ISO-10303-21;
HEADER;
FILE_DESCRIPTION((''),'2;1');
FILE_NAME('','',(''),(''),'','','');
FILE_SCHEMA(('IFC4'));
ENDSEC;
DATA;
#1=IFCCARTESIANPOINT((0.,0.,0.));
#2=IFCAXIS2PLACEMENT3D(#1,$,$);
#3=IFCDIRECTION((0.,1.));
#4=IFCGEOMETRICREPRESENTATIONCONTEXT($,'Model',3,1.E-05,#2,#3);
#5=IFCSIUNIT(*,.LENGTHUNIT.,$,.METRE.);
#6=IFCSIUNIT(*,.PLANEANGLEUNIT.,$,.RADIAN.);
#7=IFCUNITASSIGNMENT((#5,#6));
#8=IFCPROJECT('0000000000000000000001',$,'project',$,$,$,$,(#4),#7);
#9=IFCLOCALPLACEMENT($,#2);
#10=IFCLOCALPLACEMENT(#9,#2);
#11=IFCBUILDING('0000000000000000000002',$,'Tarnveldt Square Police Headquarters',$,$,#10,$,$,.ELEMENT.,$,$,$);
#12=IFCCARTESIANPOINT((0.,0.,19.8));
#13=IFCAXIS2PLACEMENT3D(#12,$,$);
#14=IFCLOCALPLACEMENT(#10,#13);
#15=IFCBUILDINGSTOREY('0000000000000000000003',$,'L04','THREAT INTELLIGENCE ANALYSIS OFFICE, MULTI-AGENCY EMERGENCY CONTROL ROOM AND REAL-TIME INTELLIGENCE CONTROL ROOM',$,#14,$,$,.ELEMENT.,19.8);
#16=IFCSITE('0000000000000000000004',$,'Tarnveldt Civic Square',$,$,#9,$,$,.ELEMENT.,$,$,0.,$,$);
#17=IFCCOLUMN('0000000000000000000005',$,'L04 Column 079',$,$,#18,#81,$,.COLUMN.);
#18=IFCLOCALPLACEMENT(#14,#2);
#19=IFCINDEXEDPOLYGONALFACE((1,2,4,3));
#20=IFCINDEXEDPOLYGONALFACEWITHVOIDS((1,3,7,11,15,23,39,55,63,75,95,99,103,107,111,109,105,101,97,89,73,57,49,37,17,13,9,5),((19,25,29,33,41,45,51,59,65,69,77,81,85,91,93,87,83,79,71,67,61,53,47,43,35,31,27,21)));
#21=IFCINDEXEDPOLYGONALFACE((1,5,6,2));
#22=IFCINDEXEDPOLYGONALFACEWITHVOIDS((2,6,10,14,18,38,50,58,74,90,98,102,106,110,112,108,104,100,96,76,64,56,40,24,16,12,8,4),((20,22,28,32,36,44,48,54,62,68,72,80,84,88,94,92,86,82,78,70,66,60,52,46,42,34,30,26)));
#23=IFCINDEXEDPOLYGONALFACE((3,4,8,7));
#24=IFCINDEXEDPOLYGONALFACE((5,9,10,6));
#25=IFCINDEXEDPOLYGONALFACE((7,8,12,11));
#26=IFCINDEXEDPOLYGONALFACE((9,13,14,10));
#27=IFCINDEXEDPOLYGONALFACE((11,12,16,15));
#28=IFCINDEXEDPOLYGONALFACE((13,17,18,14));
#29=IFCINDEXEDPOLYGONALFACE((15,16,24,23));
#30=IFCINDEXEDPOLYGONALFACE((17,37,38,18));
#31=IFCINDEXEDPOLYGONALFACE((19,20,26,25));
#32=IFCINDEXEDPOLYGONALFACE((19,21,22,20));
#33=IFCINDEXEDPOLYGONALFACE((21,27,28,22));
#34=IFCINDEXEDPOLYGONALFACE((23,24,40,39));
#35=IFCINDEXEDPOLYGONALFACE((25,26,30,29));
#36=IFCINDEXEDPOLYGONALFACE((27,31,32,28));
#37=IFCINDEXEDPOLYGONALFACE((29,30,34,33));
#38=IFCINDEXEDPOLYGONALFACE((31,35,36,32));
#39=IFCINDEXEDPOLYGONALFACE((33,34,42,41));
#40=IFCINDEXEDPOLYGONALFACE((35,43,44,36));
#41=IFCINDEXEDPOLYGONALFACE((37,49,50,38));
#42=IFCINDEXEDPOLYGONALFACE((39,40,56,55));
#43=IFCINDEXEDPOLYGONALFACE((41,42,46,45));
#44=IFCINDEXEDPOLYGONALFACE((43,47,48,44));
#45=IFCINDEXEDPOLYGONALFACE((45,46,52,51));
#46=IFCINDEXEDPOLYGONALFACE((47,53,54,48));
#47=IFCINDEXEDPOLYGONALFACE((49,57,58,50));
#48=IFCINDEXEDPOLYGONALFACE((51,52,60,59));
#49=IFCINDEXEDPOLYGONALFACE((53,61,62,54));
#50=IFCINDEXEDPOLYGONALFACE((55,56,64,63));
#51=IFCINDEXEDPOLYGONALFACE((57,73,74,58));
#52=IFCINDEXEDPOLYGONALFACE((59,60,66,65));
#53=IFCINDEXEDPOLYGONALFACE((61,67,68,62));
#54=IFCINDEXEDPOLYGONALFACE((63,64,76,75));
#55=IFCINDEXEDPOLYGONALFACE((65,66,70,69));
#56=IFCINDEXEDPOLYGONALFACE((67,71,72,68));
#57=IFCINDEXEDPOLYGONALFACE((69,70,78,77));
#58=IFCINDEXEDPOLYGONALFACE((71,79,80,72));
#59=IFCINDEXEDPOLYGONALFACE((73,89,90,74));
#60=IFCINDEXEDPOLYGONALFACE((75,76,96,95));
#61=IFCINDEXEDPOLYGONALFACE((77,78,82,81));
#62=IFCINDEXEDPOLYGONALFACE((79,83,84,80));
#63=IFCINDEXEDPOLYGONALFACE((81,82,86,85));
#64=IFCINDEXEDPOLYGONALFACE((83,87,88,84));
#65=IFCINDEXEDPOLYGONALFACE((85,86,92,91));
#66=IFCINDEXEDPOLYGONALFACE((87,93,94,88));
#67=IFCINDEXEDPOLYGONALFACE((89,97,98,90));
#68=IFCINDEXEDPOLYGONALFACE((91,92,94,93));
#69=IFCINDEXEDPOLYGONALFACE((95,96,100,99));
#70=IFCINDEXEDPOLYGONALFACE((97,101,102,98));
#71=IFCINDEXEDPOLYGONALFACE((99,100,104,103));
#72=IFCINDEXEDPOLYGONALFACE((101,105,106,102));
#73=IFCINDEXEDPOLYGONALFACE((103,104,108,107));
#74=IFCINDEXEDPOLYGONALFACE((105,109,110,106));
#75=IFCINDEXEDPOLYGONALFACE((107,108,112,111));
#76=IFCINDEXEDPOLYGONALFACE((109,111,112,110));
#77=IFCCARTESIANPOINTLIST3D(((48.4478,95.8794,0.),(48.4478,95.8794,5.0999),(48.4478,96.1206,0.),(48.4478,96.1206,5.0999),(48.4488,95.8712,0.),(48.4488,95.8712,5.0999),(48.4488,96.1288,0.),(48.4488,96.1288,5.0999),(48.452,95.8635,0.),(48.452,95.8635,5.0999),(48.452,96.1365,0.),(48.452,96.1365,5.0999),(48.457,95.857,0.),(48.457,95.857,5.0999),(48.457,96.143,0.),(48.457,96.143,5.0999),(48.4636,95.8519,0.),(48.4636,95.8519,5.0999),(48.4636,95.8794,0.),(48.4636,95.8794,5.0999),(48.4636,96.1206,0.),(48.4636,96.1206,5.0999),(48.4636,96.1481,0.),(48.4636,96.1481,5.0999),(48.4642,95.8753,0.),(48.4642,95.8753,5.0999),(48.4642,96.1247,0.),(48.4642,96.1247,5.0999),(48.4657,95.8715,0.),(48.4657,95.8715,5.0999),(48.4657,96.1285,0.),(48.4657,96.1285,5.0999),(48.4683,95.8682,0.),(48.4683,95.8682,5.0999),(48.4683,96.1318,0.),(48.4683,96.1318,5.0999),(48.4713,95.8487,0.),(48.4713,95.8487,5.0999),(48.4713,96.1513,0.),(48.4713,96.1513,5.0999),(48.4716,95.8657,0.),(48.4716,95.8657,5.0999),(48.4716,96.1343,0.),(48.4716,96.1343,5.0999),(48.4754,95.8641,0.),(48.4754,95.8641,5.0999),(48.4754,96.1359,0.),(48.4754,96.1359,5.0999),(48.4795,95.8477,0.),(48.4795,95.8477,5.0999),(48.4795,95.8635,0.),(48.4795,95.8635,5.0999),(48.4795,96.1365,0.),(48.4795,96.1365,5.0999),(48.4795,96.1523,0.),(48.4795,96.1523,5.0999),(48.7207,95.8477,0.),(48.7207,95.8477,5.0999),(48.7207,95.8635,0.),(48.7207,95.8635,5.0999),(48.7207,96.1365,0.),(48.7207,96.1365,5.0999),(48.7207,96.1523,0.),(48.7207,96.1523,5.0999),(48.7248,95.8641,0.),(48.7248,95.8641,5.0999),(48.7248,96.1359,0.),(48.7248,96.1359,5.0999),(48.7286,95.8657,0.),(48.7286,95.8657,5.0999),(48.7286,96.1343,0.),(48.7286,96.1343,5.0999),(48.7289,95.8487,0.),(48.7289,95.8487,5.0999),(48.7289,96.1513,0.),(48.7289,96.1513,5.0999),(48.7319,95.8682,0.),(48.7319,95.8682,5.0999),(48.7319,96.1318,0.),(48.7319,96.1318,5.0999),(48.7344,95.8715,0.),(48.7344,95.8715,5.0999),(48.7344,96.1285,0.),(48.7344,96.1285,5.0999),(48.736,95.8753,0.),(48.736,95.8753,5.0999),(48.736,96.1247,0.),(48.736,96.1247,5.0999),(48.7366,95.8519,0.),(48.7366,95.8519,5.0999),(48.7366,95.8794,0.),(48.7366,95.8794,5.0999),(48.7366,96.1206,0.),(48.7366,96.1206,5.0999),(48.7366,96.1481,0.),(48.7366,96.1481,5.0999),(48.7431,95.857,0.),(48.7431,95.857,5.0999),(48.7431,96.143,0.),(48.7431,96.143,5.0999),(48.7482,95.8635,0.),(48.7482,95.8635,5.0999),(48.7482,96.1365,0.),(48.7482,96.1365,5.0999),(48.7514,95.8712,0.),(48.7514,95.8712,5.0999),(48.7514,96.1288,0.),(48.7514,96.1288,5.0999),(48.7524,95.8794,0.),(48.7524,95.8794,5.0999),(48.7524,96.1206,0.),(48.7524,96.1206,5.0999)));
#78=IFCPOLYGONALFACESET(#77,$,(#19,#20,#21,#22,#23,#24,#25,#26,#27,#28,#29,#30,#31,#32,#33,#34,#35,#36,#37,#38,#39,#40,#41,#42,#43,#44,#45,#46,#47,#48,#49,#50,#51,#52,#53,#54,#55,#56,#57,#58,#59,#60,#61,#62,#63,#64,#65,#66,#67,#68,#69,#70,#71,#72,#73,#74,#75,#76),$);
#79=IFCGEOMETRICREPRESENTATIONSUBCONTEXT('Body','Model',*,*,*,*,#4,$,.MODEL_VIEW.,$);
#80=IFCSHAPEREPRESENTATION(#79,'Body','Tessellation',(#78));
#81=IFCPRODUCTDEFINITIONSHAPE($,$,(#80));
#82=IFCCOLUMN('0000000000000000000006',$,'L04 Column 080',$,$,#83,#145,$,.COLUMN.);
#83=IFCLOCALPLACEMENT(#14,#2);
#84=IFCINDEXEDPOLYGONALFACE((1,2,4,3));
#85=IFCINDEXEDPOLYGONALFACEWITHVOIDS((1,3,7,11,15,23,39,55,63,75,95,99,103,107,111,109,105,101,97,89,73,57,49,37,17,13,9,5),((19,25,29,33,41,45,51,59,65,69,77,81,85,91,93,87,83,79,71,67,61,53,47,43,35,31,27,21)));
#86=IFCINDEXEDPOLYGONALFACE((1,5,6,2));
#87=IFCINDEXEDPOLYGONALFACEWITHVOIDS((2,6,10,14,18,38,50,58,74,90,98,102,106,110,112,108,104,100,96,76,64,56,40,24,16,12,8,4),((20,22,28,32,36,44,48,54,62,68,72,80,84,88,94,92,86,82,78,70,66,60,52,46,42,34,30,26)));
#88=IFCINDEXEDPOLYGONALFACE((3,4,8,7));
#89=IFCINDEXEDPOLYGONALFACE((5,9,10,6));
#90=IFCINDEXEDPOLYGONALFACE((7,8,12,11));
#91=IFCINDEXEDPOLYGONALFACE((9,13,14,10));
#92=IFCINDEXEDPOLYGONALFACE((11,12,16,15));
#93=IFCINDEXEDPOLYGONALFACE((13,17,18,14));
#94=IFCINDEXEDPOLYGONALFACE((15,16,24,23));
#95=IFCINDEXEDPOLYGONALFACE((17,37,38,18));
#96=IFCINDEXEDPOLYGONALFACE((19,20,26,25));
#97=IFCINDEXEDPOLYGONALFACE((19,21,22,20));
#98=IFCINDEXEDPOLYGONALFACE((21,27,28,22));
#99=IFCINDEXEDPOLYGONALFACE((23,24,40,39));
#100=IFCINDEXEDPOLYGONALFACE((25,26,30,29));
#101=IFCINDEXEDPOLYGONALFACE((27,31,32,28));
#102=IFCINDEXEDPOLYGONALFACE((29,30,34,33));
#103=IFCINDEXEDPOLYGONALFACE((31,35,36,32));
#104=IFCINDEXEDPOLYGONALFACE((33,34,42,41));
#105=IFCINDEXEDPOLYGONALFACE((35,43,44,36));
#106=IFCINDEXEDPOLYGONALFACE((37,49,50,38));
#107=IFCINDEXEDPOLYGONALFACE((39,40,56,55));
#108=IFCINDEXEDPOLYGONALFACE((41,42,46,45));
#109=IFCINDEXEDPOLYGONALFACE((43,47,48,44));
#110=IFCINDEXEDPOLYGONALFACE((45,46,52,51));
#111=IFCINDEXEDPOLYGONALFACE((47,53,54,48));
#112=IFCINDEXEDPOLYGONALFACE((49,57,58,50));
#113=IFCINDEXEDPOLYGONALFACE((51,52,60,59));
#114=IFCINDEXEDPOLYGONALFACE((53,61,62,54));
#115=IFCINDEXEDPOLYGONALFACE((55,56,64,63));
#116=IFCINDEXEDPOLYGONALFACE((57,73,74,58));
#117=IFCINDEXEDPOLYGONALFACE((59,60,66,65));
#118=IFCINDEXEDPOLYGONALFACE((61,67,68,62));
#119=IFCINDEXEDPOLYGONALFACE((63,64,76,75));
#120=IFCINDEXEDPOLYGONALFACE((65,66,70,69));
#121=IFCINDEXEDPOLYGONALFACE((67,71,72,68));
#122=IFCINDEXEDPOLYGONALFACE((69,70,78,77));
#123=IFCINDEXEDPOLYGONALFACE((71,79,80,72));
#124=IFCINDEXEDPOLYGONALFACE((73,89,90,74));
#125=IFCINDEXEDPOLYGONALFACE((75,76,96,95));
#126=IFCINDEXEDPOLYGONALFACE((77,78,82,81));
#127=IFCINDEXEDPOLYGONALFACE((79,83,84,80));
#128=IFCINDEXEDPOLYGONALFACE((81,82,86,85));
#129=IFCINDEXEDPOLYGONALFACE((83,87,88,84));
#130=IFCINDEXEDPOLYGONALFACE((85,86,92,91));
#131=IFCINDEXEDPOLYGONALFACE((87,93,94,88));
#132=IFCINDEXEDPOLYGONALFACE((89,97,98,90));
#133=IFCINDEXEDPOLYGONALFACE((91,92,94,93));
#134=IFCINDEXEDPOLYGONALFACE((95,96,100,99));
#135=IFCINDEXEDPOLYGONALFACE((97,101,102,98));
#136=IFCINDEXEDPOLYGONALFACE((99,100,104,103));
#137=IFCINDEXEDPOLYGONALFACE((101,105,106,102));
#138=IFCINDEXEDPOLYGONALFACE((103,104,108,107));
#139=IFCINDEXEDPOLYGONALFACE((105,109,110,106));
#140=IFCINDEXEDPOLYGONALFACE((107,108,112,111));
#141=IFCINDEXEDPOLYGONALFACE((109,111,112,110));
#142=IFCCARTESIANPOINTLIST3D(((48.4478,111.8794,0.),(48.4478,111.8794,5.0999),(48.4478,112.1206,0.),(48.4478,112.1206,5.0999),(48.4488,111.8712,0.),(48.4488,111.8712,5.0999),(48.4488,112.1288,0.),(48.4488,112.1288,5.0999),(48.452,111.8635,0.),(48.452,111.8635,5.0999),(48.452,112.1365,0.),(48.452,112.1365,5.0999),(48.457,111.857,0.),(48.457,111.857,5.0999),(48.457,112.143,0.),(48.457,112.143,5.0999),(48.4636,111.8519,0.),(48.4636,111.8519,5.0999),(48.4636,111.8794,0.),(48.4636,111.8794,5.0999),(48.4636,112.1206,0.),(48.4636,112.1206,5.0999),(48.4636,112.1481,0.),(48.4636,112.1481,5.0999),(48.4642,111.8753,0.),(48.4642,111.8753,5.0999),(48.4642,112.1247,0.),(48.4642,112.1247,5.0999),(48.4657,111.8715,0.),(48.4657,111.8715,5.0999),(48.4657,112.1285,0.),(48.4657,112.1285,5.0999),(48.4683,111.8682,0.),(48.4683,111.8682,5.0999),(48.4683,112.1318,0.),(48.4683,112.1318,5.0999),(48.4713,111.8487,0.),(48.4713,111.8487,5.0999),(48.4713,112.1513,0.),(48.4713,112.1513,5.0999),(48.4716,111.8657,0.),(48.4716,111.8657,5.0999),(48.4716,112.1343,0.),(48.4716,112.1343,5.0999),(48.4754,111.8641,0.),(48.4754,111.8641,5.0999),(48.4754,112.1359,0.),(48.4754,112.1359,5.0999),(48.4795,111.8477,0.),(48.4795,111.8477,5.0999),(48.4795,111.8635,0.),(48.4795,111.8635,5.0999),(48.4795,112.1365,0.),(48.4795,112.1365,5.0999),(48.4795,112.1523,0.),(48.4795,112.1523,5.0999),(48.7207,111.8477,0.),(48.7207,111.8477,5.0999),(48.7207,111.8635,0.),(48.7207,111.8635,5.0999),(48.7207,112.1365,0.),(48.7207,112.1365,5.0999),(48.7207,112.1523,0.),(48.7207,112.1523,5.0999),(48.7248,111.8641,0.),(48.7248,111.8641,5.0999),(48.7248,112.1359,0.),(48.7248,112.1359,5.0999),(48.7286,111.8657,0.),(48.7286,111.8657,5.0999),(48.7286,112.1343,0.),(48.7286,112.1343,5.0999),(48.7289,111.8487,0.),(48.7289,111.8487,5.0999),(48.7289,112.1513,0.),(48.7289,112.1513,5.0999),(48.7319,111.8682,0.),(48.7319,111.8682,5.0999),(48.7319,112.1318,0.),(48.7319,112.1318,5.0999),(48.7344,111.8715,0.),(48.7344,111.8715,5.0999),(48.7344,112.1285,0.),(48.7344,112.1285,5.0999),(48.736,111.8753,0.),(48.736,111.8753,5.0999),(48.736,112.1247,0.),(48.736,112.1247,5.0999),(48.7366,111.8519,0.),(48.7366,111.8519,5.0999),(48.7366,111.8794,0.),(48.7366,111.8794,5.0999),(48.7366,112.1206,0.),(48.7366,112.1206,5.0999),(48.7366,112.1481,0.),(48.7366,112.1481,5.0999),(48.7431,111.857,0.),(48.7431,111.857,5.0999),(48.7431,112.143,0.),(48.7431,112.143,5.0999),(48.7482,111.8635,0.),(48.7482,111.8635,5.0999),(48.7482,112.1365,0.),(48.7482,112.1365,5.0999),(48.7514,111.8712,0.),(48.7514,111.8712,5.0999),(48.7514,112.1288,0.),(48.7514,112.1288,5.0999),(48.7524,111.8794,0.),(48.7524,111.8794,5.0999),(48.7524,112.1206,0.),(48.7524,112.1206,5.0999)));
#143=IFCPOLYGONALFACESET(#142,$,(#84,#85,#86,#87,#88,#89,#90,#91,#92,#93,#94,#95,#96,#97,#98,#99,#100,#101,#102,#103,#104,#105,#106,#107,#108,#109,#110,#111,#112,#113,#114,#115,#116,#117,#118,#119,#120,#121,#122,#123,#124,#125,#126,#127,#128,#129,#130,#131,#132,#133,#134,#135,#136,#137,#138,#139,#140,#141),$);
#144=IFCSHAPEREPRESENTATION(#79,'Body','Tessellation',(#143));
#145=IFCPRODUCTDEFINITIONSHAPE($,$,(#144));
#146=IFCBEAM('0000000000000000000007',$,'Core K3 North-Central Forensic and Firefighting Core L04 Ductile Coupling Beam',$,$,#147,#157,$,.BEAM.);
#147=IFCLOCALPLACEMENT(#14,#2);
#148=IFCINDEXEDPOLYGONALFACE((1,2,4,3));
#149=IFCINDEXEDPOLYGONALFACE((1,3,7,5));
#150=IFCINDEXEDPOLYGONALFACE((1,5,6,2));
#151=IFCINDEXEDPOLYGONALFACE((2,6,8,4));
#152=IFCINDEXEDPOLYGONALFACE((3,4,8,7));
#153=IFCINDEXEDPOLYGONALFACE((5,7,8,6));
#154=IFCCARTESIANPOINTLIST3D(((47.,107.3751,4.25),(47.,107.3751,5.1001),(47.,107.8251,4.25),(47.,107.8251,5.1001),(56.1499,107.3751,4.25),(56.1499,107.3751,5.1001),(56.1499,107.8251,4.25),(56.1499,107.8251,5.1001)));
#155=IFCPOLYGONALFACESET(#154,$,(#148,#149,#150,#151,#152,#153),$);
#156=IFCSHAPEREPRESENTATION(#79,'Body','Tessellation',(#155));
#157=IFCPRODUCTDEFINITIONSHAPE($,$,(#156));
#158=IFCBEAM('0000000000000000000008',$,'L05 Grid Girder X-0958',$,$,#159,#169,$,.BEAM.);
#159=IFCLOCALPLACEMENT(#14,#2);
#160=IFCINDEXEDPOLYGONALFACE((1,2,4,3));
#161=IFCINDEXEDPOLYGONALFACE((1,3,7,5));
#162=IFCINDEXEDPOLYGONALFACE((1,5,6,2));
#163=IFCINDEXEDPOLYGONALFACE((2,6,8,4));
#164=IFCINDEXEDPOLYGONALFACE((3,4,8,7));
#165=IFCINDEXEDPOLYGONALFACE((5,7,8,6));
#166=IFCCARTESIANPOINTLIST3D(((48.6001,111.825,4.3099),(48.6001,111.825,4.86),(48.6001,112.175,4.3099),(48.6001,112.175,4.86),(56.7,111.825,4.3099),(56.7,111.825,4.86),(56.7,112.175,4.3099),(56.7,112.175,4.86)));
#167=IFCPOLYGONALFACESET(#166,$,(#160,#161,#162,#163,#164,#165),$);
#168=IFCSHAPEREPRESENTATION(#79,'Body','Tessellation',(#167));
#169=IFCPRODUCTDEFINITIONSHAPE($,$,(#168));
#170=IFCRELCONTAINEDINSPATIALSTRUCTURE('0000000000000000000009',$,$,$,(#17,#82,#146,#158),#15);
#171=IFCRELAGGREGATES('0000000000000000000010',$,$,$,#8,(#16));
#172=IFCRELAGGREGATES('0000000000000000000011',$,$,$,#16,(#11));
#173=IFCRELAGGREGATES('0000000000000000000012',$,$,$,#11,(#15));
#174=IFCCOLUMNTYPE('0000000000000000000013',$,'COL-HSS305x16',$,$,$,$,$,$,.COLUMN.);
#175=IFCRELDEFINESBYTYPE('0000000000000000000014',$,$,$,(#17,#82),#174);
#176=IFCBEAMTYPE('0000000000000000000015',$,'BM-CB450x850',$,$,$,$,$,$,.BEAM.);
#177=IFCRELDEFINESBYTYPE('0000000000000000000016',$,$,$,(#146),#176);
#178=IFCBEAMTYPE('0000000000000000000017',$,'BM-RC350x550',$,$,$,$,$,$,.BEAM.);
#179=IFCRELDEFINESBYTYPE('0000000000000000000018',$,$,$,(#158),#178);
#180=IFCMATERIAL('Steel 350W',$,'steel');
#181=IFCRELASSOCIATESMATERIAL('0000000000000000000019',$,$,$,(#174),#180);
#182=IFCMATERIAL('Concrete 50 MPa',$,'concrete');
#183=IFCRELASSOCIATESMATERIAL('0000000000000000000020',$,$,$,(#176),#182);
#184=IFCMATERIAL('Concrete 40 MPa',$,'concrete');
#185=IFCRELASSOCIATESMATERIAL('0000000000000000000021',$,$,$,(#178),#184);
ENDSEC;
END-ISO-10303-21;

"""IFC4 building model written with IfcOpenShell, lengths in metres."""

from ifc_helpers import new_model, si_unit, direction, frame, origin, origin_2d, place, context, subcontext, project, spatial, rectangle, hollow_rectangle, extrude, material, material_profile, profile_set, type_object, element, save


model = new_model("IFC4")

# Units and contexts
model_context = context("Model", 3, precision=1e-05, world=origin(), true_north=direction((0.0, 1.0)))
body_context = subcontext(model_context, "Body", "Model", "MODEL_VIEW")
ifc_project = project(units=[si_unit("LENGTHUNIT", "METRE"), si_unit("PLANEANGLEUNIT", "RADIAN")], contexts=[model_context])

# Site, building, storey
site_placement = place(None, origin())
site = spatial("IfcSite", under=ifc_project, at=site_placement, Name="Tarnveldt Civic Square", CompositionType="ELEMENT", RefElevation=0.0)
building_placement = place(site_placement, origin())
building = spatial("IfcBuilding", under=site, at=building_placement, Name="Tarnveldt Square Police Headquarters", CompositionType="ELEMENT")
storey_placement = place(building_placement, frame((0.0, 0.0, 19.8)))
storey = spatial("IfcBuildingStorey", under=building, at=storey_placement, Name="L04", Description="THREAT INTELLIGENCE ANALYSIS OFFICE, MULTI-AGENCY EMERGENCY CONTROL ROOM AND REAL-TIME INTELLIGENCE CONTROL ROOM", CompositionType="ELEMENT", Elevation=19.8)

# Columns
ifc_material_1 = material(Name="Steel 350W", Category="steel")
ifc_material_profile_1 = material_profile(ifc_material_1, hollow_rectangle(XDim=0.3047, YDim=0.3047, WallThickness=0.0159, InnerFilletRadius=0.0159, OuterFilletRadius=0.0317, at=origin_2d()), Name="HSS305x305x16")
ifc_profile_set_1 = profile_set([ifc_material_profile_1], Name="Steel 350W")
column_type = type_object("IfcColumnType", Name="COL-HSS305x16", PredefinedType="COLUMN", material=ifc_profile_set_1)
for number, where, z_axis, x_axis, name in (
    (1, (48.6001, 96.0, 0.0), (0.0, 0.0, 1.0), (1.0, 0.0, 0.0), "L04 Column 079"),
    (2, (48.6001, 112.0, 0.0), (0.0, 0.0, 1.0), (1.0, 0.0, 0.0), "L04 Column 080"),
):
    element("IfcColumn", number, at=place(storey_placement, frame(where, z_axis=z_axis, x_axis=x_axis)), inside=storey, type_object=column_type, Name=name, PredefinedType="COLUMN", context=body_context, shape_type="SweptSolid", body=[
        extrude(hollow_rectangle(XDim=0.3047, YDim=0.3047, WallThickness=0.0159, InnerFilletRadius=0.0159, OuterFilletRadius=0.0317, at=origin_2d()), origin(), (0.0, 0.0, 1.0), 5.0999),
    ])

# Beams
ifc_material_2 = material(Name="Concrete 50 MPa", Category="concrete")
ifc_material_profile_2 = material_profile(ifc_material_2, rectangle(XDim=0.45, YDim=0.8501, at=origin_2d()), Name="RC-CB450x850")
ifc_profile_set_2 = profile_set([ifc_material_profile_2], Name="Concrete 50 MPa")
beam_type_1 = type_object("IfcBeamType", Name="BM-CB450x850", PredefinedType="BEAM", material=ifc_profile_set_2)
beam_1_placement = place(storey_placement, frame((47.0, 107.6001, 4.675), z_axis=(1.0, 0.0, 0.0), x_axis=(0.0, 1.0, 0.0)))
element("IfcBeam", 3, at=beam_1_placement, inside=storey, type_object=beam_type_1, Name="Core K3 North-Central Forensic and Firefighting Core L04 Ductile Coupling Beam", PredefinedType="BEAM", context=body_context, shape_type="SweptSolid", body=[
    extrude(rectangle(XDim=0.45, YDim=0.8501, at=origin_2d()), origin(), (0.0, 0.0, 1.0), 9.1499),
])
ifc_material_3 = material(Name="Concrete 40 MPa", Category="concrete")
ifc_material_profile_3 = material_profile(ifc_material_3, rectangle(XDim=0.3501, YDim=0.55, at=origin_2d()), Name="RC-B350x550")
ifc_profile_set_3 = profile_set([ifc_material_profile_3], Name="Concrete 40 MPa")
beam_type_2 = type_object("IfcBeamType", Name="BM-RC350x550", PredefinedType="BEAM", material=ifc_profile_set_3)
beam_2_placement = place(storey_placement, frame((48.6001, 112.0, 4.585), z_axis=(1.0, 0.0, 0.0), x_axis=(0.0, 1.0, 0.0)))
element("IfcBeam", 4, at=beam_2_placement, inside=storey, type_object=beam_type_2, Name="L05 Grid Girder X-0958", PredefinedType="BEAM", context=body_context, shape_type="SweptSolid", body=[
    extrude(rectangle(XDim=0.3501, YDim=0.55, at=origin_2d()), origin(), (0.0, 0.0, 1.0), 8.0999),
])

save(model, "model.ifc")
